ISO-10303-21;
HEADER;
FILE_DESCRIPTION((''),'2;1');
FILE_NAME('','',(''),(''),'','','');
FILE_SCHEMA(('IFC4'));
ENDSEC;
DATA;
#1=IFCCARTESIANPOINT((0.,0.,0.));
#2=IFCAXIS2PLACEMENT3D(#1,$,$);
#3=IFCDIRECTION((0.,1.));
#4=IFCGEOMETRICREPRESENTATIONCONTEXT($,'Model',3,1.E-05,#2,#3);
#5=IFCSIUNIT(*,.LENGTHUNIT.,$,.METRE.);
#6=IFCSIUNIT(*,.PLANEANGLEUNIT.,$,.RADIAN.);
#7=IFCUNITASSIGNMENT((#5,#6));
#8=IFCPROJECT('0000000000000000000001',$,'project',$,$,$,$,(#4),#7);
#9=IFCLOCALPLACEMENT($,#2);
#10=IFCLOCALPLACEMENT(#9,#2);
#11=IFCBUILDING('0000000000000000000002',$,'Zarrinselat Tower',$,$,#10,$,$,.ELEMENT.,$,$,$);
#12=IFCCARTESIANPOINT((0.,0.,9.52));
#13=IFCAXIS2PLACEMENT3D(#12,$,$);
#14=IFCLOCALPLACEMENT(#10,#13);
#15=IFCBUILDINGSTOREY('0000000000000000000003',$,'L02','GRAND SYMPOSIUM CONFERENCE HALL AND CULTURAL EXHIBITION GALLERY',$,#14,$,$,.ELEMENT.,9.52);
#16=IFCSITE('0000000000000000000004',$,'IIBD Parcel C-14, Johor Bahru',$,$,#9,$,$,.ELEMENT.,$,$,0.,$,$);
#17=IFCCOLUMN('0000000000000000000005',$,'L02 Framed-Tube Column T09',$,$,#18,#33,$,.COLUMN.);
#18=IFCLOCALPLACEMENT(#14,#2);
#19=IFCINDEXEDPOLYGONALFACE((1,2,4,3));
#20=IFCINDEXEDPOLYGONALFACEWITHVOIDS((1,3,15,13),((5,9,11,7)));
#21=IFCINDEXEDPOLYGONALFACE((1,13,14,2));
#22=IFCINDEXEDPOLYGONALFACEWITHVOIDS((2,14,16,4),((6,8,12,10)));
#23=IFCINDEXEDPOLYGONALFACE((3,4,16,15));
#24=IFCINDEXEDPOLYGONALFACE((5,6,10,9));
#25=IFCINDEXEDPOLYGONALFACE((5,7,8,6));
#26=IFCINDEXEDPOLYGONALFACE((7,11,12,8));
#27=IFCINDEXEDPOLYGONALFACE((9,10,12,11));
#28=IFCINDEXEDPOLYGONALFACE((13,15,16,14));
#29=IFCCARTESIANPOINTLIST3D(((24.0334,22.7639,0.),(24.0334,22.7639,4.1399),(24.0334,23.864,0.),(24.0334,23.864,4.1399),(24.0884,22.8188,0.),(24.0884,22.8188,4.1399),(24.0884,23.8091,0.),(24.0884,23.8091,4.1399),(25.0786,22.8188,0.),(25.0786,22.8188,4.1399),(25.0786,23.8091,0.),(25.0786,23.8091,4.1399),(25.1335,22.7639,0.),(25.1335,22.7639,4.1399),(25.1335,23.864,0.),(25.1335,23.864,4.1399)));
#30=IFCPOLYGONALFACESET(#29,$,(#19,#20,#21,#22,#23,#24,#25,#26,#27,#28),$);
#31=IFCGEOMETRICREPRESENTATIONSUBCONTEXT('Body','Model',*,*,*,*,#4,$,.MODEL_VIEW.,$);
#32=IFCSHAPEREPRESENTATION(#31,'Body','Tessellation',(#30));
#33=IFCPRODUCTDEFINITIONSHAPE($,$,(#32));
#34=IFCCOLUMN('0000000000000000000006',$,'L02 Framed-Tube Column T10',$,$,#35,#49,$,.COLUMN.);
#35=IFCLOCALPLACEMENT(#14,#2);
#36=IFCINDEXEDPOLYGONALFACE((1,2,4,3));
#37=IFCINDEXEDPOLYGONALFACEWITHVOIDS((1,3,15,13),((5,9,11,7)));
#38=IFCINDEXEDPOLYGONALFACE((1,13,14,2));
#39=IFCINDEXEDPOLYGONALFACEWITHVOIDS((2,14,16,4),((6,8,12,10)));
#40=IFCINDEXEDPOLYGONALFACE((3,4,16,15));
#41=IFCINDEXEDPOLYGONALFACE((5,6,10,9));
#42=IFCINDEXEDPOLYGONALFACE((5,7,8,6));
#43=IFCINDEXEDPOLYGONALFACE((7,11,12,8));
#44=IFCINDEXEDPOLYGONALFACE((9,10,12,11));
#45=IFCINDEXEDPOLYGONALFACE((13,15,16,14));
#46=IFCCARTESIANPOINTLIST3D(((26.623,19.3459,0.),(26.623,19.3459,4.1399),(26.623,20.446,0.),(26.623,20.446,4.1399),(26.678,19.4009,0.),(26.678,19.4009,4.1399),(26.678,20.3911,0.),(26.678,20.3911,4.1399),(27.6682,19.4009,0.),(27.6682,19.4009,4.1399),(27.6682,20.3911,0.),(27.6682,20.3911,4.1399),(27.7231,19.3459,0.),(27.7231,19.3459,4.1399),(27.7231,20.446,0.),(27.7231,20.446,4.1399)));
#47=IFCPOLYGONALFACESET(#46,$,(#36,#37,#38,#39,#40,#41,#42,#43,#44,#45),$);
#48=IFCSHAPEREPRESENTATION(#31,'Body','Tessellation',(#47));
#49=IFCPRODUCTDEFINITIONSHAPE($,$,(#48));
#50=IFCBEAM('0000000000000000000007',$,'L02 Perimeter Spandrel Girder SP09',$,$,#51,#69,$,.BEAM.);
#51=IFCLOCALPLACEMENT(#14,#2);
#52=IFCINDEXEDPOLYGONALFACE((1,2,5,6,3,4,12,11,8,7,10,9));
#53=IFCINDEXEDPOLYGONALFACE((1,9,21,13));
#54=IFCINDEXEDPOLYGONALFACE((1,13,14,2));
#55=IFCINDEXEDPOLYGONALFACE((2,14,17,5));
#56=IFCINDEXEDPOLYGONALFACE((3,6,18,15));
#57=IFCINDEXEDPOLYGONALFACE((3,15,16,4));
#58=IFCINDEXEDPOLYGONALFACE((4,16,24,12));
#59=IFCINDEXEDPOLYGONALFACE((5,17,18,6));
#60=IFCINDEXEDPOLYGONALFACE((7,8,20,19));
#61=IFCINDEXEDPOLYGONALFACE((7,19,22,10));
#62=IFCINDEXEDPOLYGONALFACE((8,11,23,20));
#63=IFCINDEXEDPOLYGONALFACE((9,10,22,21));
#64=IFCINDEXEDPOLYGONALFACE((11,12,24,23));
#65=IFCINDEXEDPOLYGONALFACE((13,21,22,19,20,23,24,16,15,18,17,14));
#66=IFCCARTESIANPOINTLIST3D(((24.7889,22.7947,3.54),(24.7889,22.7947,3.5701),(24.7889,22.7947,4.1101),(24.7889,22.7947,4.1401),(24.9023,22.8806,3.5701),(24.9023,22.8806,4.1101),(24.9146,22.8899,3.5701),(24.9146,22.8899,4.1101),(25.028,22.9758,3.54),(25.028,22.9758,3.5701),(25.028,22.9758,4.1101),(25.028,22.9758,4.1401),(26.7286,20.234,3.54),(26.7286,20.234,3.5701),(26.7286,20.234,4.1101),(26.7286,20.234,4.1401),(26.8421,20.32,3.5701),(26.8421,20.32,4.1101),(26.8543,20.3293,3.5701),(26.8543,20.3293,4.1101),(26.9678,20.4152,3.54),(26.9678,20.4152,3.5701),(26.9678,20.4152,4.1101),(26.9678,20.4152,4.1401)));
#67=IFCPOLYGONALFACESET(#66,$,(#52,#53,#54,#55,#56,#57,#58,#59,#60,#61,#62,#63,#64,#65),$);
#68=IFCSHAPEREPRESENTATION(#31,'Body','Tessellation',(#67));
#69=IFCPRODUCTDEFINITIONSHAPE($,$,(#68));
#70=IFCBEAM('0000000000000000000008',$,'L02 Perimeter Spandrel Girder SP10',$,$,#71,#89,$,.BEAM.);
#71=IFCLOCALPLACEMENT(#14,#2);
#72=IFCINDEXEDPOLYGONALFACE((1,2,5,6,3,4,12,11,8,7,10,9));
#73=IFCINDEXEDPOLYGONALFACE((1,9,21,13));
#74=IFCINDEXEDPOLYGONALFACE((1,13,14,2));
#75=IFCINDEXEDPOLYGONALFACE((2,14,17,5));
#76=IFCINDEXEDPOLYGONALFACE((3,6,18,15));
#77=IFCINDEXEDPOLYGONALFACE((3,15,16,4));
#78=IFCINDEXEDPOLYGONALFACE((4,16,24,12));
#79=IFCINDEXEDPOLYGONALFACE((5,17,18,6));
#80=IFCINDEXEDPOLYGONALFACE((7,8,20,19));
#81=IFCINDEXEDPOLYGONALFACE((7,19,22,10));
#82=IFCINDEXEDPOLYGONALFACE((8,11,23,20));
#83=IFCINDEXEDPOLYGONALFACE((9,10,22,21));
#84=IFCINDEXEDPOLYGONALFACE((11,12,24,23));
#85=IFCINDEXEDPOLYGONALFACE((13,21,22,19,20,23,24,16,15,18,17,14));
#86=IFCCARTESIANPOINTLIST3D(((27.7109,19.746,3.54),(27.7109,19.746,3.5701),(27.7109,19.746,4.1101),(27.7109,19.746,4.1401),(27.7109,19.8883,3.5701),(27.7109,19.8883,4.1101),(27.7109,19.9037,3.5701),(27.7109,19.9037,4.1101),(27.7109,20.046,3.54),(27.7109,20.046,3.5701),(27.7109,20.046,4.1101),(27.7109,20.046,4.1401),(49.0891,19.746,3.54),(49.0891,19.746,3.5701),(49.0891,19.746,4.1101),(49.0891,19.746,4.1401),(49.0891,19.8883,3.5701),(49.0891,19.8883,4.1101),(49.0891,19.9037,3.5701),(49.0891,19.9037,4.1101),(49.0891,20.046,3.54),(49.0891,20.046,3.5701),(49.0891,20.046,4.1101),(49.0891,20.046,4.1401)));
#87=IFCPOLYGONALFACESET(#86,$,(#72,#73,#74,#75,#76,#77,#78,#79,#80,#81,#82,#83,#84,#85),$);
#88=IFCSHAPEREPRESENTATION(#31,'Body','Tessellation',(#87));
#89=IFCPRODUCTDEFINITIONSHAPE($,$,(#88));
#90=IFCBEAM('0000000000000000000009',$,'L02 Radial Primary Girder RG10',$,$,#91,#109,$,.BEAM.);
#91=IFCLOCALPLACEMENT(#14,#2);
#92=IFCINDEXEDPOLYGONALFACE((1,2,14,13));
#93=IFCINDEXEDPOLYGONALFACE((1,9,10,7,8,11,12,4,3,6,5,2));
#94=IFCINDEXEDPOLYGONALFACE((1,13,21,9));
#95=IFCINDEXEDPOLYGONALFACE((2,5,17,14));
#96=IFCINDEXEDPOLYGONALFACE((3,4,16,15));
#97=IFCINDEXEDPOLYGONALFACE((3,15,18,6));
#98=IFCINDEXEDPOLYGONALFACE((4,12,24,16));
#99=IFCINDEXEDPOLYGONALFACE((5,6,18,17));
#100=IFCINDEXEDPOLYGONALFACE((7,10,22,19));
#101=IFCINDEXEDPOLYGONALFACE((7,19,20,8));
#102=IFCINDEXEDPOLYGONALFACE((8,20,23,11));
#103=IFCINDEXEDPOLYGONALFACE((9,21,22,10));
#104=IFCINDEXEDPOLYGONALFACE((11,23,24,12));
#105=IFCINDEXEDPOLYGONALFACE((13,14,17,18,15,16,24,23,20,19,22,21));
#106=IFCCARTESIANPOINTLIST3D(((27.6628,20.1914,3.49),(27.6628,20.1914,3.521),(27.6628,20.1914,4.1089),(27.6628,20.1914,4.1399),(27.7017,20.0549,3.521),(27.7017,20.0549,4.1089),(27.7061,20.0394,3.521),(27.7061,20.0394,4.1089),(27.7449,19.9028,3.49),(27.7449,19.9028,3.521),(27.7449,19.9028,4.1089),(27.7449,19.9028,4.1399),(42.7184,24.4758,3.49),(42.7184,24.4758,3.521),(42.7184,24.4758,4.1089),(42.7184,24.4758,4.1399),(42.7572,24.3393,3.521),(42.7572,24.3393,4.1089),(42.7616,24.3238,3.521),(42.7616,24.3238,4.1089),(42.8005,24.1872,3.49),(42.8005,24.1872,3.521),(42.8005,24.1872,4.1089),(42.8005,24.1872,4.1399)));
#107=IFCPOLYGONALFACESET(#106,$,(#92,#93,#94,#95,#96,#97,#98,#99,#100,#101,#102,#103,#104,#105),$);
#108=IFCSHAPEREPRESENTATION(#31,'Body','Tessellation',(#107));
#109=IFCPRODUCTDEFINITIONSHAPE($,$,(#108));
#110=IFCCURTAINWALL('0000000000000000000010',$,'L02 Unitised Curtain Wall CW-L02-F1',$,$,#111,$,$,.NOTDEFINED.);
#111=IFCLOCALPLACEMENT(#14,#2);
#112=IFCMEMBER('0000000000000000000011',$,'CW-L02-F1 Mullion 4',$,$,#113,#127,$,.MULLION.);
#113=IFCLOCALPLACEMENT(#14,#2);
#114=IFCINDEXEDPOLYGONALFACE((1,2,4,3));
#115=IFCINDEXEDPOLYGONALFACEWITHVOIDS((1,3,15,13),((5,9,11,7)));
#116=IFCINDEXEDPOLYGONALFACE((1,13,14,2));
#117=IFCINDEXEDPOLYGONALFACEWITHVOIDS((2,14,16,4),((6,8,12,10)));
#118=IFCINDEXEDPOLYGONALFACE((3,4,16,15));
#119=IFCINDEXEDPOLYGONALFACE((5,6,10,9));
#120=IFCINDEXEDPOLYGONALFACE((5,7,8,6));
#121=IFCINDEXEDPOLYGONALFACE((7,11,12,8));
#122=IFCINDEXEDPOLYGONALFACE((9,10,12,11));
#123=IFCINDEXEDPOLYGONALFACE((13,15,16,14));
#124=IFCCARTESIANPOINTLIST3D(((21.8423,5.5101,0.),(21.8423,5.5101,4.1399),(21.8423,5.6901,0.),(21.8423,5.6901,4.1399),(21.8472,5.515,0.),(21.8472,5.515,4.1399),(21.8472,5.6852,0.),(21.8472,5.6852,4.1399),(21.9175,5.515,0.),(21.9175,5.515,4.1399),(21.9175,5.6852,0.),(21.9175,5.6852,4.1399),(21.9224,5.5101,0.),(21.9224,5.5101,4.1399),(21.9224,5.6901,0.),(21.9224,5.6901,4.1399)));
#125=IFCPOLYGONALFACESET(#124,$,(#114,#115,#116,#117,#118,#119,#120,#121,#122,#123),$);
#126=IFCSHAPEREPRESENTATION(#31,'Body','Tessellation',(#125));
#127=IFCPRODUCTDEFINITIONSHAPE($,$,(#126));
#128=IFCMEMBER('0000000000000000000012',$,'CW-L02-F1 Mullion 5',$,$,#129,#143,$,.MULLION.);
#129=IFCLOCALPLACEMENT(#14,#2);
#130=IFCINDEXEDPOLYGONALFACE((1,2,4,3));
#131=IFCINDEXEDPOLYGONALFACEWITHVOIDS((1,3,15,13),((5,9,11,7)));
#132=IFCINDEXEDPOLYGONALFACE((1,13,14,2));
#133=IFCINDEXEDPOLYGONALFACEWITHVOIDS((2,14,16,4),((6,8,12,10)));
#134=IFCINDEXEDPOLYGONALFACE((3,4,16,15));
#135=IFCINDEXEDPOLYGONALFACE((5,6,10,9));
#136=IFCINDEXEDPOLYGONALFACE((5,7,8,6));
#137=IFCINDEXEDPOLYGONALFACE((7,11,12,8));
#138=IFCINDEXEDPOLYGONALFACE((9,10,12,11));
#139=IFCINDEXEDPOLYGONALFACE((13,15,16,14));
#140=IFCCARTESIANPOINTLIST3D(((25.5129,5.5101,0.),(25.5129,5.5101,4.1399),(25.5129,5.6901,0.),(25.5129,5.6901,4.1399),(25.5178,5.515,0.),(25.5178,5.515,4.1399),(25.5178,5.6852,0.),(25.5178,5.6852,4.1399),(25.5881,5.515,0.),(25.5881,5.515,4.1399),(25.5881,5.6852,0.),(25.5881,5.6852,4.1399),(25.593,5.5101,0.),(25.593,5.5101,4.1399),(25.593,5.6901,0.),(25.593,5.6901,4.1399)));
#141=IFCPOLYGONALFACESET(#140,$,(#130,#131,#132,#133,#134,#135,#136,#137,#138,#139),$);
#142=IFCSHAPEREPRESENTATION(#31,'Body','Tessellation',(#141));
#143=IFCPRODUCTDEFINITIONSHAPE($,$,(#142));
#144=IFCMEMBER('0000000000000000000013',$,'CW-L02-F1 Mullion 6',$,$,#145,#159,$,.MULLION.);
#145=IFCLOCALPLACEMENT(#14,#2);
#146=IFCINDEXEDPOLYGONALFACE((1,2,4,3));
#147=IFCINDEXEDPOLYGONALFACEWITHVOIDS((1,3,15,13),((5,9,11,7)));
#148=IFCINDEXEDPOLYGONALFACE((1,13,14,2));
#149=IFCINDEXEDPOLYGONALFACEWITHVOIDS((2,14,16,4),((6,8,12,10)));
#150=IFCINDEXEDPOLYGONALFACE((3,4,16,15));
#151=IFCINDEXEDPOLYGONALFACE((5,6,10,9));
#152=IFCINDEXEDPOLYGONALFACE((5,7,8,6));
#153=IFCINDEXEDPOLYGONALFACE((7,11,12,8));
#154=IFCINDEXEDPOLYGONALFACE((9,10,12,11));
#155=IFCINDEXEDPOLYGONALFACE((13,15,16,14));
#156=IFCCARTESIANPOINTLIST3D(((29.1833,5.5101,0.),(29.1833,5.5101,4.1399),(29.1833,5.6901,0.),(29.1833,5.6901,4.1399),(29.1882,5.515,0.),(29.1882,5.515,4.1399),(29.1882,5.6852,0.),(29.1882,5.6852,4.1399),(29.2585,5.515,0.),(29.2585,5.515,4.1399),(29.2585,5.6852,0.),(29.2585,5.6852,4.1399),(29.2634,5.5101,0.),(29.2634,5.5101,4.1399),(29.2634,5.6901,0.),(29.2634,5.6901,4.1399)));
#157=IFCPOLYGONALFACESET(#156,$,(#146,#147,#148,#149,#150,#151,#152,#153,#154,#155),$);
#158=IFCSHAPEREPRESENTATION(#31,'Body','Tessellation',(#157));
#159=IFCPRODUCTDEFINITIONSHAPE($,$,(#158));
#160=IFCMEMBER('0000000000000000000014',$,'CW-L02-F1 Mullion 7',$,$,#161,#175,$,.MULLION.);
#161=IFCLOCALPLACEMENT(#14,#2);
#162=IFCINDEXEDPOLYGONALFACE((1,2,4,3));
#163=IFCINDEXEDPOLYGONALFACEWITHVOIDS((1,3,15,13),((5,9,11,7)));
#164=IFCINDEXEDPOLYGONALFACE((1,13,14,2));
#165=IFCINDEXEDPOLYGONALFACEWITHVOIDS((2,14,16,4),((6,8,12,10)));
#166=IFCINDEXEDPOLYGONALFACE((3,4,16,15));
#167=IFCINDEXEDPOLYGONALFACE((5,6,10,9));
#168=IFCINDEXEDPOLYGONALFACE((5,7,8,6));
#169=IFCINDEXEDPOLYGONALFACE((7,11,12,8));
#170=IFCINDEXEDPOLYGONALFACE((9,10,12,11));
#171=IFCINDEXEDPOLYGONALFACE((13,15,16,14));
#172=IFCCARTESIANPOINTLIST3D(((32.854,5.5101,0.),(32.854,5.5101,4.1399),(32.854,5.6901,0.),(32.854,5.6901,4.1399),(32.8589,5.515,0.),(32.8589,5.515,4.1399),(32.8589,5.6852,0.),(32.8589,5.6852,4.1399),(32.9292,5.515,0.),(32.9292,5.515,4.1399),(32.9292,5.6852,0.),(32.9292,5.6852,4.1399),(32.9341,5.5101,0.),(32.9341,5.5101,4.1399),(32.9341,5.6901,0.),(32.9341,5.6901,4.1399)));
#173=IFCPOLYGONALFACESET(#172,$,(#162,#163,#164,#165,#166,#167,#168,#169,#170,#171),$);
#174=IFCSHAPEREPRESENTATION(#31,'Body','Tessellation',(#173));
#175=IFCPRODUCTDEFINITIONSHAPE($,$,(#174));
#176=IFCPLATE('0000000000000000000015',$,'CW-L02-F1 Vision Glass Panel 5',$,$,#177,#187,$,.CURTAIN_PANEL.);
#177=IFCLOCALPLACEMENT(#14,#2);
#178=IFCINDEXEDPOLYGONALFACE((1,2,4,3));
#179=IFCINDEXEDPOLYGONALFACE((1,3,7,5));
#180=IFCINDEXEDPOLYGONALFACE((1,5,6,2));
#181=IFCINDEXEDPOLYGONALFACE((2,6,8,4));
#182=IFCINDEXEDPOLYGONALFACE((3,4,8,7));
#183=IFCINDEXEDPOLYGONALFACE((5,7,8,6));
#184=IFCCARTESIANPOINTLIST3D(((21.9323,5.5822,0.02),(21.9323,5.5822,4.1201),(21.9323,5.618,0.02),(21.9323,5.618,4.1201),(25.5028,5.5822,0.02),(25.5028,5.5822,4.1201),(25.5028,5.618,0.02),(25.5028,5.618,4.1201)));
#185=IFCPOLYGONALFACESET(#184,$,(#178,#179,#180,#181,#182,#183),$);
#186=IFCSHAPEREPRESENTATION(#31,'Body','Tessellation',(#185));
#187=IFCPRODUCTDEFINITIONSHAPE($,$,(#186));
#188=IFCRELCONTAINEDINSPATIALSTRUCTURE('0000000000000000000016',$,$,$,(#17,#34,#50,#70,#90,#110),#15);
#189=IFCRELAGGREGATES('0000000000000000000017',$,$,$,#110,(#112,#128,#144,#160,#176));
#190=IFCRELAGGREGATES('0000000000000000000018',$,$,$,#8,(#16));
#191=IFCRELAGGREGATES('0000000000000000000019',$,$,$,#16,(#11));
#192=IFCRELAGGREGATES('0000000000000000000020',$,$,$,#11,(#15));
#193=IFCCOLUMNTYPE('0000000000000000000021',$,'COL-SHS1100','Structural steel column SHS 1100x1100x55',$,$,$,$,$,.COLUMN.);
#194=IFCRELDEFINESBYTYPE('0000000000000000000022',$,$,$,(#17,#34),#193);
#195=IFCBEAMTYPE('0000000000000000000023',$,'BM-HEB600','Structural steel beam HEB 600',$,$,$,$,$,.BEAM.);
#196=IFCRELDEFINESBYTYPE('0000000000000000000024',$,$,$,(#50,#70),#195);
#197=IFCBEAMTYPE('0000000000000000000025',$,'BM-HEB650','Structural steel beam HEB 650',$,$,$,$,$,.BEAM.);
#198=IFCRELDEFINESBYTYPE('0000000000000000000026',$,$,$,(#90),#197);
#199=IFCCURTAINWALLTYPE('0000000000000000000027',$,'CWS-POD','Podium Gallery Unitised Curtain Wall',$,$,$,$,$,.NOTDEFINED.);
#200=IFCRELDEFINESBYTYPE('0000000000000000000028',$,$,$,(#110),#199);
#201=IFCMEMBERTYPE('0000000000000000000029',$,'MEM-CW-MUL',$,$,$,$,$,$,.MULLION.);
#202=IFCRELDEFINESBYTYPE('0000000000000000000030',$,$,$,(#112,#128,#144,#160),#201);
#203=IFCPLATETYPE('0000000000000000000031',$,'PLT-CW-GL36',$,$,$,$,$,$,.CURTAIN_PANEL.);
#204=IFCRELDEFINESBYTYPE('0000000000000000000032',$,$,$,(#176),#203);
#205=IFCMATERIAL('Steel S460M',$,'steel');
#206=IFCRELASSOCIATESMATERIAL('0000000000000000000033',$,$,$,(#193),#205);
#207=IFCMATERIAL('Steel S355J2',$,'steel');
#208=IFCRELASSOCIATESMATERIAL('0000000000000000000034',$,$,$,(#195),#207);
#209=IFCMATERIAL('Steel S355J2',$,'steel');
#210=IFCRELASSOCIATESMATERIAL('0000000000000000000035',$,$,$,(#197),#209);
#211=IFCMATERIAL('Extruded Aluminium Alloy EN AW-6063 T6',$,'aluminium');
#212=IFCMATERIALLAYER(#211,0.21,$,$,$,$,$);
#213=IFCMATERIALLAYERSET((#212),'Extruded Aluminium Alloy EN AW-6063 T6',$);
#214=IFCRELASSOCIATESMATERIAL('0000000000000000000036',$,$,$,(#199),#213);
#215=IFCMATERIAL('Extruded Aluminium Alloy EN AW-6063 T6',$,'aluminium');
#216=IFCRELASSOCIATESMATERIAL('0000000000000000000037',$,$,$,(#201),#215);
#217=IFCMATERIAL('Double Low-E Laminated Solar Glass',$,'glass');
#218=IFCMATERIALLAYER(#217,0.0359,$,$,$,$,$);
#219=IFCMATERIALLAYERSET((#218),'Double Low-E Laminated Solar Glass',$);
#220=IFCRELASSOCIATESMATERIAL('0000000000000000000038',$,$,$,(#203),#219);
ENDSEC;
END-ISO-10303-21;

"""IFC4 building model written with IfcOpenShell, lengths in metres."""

from ifc_helpers import new_model, si_unit, direction, frame, origin, origin_2d, place, context, subcontext, project, spatial, rectangle, hollow_rectangle, i_section, extrude, material, layer, layer_set, material_profile, profile_set, type_object, element, aggregate, save


model = new_model("IFC4")

# Units and contexts
model_context = context("Model", 3, precision=1e-05, world=origin(), true_north=direction((0.0, 1.0)))
body_context = subcontext(model_context, "Body", "Model", "MODEL_VIEW")
ifc_project = project(units=[si_unit("LENGTHUNIT", "METRE"), si_unit("PLANEANGLEUNIT", "RADIAN")], contexts=[model_context])

# Site, building, storey
site_placement = place(None, origin())
site = spatial("IfcSite", under=ifc_project, at=site_placement, Name="IIBD Parcel C-14, Johor Bahru", CompositionType="ELEMENT", RefElevation=0.0)
building_placement = place(site_placement, origin())
building = spatial("IfcBuilding", under=site, at=building_placement, Name="Zarrinselat Tower", CompositionType="ELEMENT")
storey_placement = place(building_placement, frame((0.0, 0.0, 9.52)))
storey = spatial("IfcBuildingStorey", under=building, at=storey_placement, Name="L02", Description="GRAND SYMPOSIUM CONFERENCE HALL AND CULTURAL EXHIBITION GALLERY", CompositionType="ELEMENT", Elevation=9.52)

# Columns
ifc_material_1 = material(Name="Steel S460M", Category="steel")
ifc_material_profile_1 = material_profile(ifc_material_1, hollow_rectangle(XDim=1.1001, YDim=1.1001, WallThickness=0.0549, at=origin_2d()), Name="SHS 1100x1100x55")
ifc_profile_set_1 = profile_set([ifc_material_profile_1], Name="Steel S460M")
column_type = type_object("IfcColumnType", Name="COL-SHS1100", Description="Structural steel column SHS 1100x1100x55", PredefinedType="COLUMN", material=ifc_profile_set_1)
for number, where, z_axis, x_axis, name in (
    (1, (24.5835, 23.314, 0.0), (0.0, 0.0, 1.0), (1.0, 0.0, 0.0), "L02 Framed-Tube Column T09"),
    (2, (27.1731, 19.896, 0.0), (0.0, 0.0, 1.0), (1.0, 0.0, 0.0), "L02 Framed-Tube Column T10"),
):
    element("IfcColumn", number, at=place(storey_placement, frame(where, z_axis=z_axis, x_axis=x_axis)), inside=storey, type_object=column_type, Name=name, PredefinedType="COLUMN", context=body_context, shape_type="SweptSolid", body=[
        extrude(hollow_rectangle(XDim=1.1001, YDim=1.1001, WallThickness=0.0549, at=origin_2d()), origin(), (0.0, 0.0, 1.0), 4.1399),
    ])

# Beams
ifc_material_2 = material(Name="Steel S355J2", Category="steel")
ifc_material_profile_2 = material_profile(ifc_material_2, i_section(OverallWidth=0.3, OverallDepth=0.6001, WebThickness=0.0154, FlangeThickness=0.03, at=origin_2d()), Name="HEB 600")
ifc_profile_set_2 = profile_set([ifc_material_profile_2], Name="Steel S355J2")
beam_type_1 = type_object("IfcBeamType", Name="BM-HEB600", Description="Structural steel beam HEB 600", PredefinedType="BEAM", material=ifc_profile_set_2)
beam_1_placement = place(storey_placement, frame((24.9084, 22.8853, 3.8401), z_axis=(0.603836, -0.797109, 0.0), x_axis=(0.797109, 0.603836, 0.0)))
element("IfcBeam", 3, at=beam_1_placement, inside=storey, type_object=beam_type_1, Name="L02 Perimeter Spandrel Girder SP09", PredefinedType="BEAM", context=body_context, shape_type="SweptSolid", body=[
    extrude(i_section(OverallWidth=0.3, OverallDepth=0.6001, WebThickness=0.0154, FlangeThickness=0.03, at=origin_2d()), origin(), (0.0, 0.0, 1.0), 3.2124),
])
beam_2_placement = place(storey_placement, frame((27.7109, 19.896, 3.8401), z_axis=(1.0, 0.0, 0.0), x_axis=(0.0, 1.0, 0.0)))
element("IfcBeam", 4, at=beam_2_placement, inside=storey, type_object=beam_type_1, Name="L02 Perimeter Spandrel Girder SP10", PredefinedType="BEAM", context=body_context, shape_type="SweptSolid", body=[
    extrude(i_section(OverallWidth=0.3, OverallDepth=0.6001, WebThickness=0.0154, FlangeThickness=0.03, at=origin_2d()), origin(), (0.0, 0.0, 1.0), 21.3782),
])
ifc_material_3 = material(Name="Steel S355J2", Category="steel")
ifc_material_profile_3 = material_profile(ifc_material_3, i_section(OverallWidth=0.3, OverallDepth=0.6499, WebThickness=0.0161, FlangeThickness=0.031, at=origin_2d()), Name="HEB 650")
ifc_profile_set_3 = profile_set([ifc_material_profile_3], Name="Steel S355J2")
beam_type_2 = type_object("IfcBeamType", Name="BM-HEB650", Description="Structural steel beam HEB 650", PredefinedType="BEAM", material=ifc_profile_set_3)
beam_3_placement = place(storey_placement, frame((27.7039, 20.0471, 3.8149), z_axis=(0.961814, 0.273705, 0.0), x_axis=(-0.273705, 0.961814, 0.0)))
element("IfcBeam", 5, at=beam_3_placement, inside=storey, type_object=beam_type_2, Name="L02 Radial Primary Girder RG10", PredefinedType="BEAM", context=body_context, shape_type="SweptSolid", body=[
    extrude(i_section(OverallWidth=0.3, OverallDepth=0.6499, WebThickness=0.0161, FlangeThickness=0.031, at=origin_2d()), origin(), (0.0, 0.0, 1.0), 15.6533),
])

# Curtain wall, members, plate
ifc_material_4 = material(Name="Extruded Aluminium Alloy EN AW-6063 T6", Category="aluminium")
ifc_layer_1 = layer(ifc_material_4, 0.21)
ifc_layer_set_1 = layer_set([ifc_layer_1], Name="Extruded Aluminium Alloy EN AW-6063 T6")
curtain_wall_type = type_object("IfcCurtainWallType", Name="CWS-POD", Description="Podium Gallery Unitised Curtain Wall", PredefinedType="NOTDEFINED", material=ifc_layer_set_1)
curtain_wall_placement = place(storey_placement, origin())
curtain_wall = element("IfcCurtainWall", 6, at=curtain_wall_placement, inside=storey, type_object=curtain_wall_type, Name="L02 Unitised Curtain Wall CW-L02-F1", PredefinedType="NOTDEFINED")
ifc_material_5 = material(Name="Extruded Aluminium Alloy EN AW-6063 T6", Category="aluminium")
ifc_material_profile_4 = material_profile(ifc_material_5, hollow_rectangle(XDim=0.0801, YDim=0.1799, WallThickness=0.0049, at=origin_2d()), Name="RHS 180x80x5")
ifc_profile_set_4 = profile_set([ifc_material_profile_4], Name="Extruded Aluminium Alloy EN AW-6063 T6")
member_type = type_object("IfcMemberType", Name="MEM-CW-MUL", PredefinedType="MULLION", material=ifc_profile_set_4)
member_1_placement = place(storey_placement, frame((21.8823, 5.6001, 0.0), z_axis=(0.0, 0.0, 1.0), x_axis=(1.0, 0.0, 0.0)))
member_1 = element("IfcMember", 7, at=member_1_placement, type_object=member_type, Name="CW-L02-F1 Mullion 4", PredefinedType="MULLION", context=body_context, shape_type="SweptSolid", body=[
    extrude(hollow_rectangle(XDim=0.0801, YDim=0.1799, WallThickness=0.0049, at=origin_2d()), origin(), (0.0, 0.0, 1.0), 4.1399),
])
member_2_placement = place(storey_placement, frame((25.553, 5.6001, 0.0), z_axis=(0.0, 0.0, 1.0), x_axis=(1.0, 0.0, 0.0)))
member_2 = element("IfcMember", 8, at=member_2_placement, type_object=member_type, Name="CW-L02-F1 Mullion 5", PredefinedType="MULLION", context=body_context, shape_type="SweptSolid", body=[
    extrude(hollow_rectangle(XDim=0.0801, YDim=0.1799, WallThickness=0.0049, at=origin_2d()), origin(), (0.0, 0.0, 1.0), 4.1399),
])
member_3_placement = place(storey_placement, frame((29.2234, 5.6001, 0.0), z_axis=(0.0, 0.0, 1.0), x_axis=(1.0, 0.0, 0.0)))
member_3 = element("IfcMember", 9, at=member_3_placement, type_object=member_type, Name="CW-L02-F1 Mullion 6", PredefinedType="MULLION", context=body_context, shape_type="SweptSolid", body=[
    extrude(hollow_rectangle(XDim=0.0801, YDim=0.1799, WallThickness=0.0049, at=origin_2d()), origin(), (0.0, 0.0, 1.0), 4.1399),
])
member_4_placement = place(storey_placement, frame((32.894, 5.6001, 0.0), z_axis=(0.0, 0.0, 1.0), x_axis=(1.0, 0.0, 0.0)))
member_4 = element("IfcMember", 10, at=member_4_placement, type_object=member_type, Name="CW-L02-F1 Mullion 7", PredefinedType="MULLION", context=body_context, shape_type="SweptSolid", body=[
    extrude(hollow_rectangle(XDim=0.0801, YDim=0.1799, WallThickness=0.0049, at=origin_2d()), origin(), (0.0, 0.0, 1.0), 4.1399),
])
ifc_material_6 = material(Name="Double Low-E Laminated Solar Glass", Category="glass")
ifc_layer_2 = layer(ifc_material_6, 0.0359)
ifc_layer_set_2 = layer_set([ifc_layer_2], Name="Double Low-E Laminated Solar Glass")
plate_type = type_object("IfcPlateType", Name="PLT-CW-GL36", PredefinedType="CURTAIN_PANEL", material=ifc_layer_set_2)
plate_1_placement = place(storey_placement, frame((23.7175, 5.6001, 0.02), z_axis=(0.0, 0.0, 1.0), x_axis=(1.0, 0.0, 0.0)))
plate_1 = element("IfcPlate", 11, at=plate_1_placement, type_object=plate_type, Name="CW-L02-F1 Vision Glass Panel 5", PredefinedType="CURTAIN_PANEL", context=body_context, shape_type="SweptSolid", body=[
    extrude(rectangle(XDim=3.5706, YDim=0.0359, at=origin_2d()), origin(), (0.0, 0.0, 1.0), 4.1001),
])
aggregate(curtain_wall, [member_1, member_2, member_3, member_4, plate_1])

save(model, "model.ifc")
